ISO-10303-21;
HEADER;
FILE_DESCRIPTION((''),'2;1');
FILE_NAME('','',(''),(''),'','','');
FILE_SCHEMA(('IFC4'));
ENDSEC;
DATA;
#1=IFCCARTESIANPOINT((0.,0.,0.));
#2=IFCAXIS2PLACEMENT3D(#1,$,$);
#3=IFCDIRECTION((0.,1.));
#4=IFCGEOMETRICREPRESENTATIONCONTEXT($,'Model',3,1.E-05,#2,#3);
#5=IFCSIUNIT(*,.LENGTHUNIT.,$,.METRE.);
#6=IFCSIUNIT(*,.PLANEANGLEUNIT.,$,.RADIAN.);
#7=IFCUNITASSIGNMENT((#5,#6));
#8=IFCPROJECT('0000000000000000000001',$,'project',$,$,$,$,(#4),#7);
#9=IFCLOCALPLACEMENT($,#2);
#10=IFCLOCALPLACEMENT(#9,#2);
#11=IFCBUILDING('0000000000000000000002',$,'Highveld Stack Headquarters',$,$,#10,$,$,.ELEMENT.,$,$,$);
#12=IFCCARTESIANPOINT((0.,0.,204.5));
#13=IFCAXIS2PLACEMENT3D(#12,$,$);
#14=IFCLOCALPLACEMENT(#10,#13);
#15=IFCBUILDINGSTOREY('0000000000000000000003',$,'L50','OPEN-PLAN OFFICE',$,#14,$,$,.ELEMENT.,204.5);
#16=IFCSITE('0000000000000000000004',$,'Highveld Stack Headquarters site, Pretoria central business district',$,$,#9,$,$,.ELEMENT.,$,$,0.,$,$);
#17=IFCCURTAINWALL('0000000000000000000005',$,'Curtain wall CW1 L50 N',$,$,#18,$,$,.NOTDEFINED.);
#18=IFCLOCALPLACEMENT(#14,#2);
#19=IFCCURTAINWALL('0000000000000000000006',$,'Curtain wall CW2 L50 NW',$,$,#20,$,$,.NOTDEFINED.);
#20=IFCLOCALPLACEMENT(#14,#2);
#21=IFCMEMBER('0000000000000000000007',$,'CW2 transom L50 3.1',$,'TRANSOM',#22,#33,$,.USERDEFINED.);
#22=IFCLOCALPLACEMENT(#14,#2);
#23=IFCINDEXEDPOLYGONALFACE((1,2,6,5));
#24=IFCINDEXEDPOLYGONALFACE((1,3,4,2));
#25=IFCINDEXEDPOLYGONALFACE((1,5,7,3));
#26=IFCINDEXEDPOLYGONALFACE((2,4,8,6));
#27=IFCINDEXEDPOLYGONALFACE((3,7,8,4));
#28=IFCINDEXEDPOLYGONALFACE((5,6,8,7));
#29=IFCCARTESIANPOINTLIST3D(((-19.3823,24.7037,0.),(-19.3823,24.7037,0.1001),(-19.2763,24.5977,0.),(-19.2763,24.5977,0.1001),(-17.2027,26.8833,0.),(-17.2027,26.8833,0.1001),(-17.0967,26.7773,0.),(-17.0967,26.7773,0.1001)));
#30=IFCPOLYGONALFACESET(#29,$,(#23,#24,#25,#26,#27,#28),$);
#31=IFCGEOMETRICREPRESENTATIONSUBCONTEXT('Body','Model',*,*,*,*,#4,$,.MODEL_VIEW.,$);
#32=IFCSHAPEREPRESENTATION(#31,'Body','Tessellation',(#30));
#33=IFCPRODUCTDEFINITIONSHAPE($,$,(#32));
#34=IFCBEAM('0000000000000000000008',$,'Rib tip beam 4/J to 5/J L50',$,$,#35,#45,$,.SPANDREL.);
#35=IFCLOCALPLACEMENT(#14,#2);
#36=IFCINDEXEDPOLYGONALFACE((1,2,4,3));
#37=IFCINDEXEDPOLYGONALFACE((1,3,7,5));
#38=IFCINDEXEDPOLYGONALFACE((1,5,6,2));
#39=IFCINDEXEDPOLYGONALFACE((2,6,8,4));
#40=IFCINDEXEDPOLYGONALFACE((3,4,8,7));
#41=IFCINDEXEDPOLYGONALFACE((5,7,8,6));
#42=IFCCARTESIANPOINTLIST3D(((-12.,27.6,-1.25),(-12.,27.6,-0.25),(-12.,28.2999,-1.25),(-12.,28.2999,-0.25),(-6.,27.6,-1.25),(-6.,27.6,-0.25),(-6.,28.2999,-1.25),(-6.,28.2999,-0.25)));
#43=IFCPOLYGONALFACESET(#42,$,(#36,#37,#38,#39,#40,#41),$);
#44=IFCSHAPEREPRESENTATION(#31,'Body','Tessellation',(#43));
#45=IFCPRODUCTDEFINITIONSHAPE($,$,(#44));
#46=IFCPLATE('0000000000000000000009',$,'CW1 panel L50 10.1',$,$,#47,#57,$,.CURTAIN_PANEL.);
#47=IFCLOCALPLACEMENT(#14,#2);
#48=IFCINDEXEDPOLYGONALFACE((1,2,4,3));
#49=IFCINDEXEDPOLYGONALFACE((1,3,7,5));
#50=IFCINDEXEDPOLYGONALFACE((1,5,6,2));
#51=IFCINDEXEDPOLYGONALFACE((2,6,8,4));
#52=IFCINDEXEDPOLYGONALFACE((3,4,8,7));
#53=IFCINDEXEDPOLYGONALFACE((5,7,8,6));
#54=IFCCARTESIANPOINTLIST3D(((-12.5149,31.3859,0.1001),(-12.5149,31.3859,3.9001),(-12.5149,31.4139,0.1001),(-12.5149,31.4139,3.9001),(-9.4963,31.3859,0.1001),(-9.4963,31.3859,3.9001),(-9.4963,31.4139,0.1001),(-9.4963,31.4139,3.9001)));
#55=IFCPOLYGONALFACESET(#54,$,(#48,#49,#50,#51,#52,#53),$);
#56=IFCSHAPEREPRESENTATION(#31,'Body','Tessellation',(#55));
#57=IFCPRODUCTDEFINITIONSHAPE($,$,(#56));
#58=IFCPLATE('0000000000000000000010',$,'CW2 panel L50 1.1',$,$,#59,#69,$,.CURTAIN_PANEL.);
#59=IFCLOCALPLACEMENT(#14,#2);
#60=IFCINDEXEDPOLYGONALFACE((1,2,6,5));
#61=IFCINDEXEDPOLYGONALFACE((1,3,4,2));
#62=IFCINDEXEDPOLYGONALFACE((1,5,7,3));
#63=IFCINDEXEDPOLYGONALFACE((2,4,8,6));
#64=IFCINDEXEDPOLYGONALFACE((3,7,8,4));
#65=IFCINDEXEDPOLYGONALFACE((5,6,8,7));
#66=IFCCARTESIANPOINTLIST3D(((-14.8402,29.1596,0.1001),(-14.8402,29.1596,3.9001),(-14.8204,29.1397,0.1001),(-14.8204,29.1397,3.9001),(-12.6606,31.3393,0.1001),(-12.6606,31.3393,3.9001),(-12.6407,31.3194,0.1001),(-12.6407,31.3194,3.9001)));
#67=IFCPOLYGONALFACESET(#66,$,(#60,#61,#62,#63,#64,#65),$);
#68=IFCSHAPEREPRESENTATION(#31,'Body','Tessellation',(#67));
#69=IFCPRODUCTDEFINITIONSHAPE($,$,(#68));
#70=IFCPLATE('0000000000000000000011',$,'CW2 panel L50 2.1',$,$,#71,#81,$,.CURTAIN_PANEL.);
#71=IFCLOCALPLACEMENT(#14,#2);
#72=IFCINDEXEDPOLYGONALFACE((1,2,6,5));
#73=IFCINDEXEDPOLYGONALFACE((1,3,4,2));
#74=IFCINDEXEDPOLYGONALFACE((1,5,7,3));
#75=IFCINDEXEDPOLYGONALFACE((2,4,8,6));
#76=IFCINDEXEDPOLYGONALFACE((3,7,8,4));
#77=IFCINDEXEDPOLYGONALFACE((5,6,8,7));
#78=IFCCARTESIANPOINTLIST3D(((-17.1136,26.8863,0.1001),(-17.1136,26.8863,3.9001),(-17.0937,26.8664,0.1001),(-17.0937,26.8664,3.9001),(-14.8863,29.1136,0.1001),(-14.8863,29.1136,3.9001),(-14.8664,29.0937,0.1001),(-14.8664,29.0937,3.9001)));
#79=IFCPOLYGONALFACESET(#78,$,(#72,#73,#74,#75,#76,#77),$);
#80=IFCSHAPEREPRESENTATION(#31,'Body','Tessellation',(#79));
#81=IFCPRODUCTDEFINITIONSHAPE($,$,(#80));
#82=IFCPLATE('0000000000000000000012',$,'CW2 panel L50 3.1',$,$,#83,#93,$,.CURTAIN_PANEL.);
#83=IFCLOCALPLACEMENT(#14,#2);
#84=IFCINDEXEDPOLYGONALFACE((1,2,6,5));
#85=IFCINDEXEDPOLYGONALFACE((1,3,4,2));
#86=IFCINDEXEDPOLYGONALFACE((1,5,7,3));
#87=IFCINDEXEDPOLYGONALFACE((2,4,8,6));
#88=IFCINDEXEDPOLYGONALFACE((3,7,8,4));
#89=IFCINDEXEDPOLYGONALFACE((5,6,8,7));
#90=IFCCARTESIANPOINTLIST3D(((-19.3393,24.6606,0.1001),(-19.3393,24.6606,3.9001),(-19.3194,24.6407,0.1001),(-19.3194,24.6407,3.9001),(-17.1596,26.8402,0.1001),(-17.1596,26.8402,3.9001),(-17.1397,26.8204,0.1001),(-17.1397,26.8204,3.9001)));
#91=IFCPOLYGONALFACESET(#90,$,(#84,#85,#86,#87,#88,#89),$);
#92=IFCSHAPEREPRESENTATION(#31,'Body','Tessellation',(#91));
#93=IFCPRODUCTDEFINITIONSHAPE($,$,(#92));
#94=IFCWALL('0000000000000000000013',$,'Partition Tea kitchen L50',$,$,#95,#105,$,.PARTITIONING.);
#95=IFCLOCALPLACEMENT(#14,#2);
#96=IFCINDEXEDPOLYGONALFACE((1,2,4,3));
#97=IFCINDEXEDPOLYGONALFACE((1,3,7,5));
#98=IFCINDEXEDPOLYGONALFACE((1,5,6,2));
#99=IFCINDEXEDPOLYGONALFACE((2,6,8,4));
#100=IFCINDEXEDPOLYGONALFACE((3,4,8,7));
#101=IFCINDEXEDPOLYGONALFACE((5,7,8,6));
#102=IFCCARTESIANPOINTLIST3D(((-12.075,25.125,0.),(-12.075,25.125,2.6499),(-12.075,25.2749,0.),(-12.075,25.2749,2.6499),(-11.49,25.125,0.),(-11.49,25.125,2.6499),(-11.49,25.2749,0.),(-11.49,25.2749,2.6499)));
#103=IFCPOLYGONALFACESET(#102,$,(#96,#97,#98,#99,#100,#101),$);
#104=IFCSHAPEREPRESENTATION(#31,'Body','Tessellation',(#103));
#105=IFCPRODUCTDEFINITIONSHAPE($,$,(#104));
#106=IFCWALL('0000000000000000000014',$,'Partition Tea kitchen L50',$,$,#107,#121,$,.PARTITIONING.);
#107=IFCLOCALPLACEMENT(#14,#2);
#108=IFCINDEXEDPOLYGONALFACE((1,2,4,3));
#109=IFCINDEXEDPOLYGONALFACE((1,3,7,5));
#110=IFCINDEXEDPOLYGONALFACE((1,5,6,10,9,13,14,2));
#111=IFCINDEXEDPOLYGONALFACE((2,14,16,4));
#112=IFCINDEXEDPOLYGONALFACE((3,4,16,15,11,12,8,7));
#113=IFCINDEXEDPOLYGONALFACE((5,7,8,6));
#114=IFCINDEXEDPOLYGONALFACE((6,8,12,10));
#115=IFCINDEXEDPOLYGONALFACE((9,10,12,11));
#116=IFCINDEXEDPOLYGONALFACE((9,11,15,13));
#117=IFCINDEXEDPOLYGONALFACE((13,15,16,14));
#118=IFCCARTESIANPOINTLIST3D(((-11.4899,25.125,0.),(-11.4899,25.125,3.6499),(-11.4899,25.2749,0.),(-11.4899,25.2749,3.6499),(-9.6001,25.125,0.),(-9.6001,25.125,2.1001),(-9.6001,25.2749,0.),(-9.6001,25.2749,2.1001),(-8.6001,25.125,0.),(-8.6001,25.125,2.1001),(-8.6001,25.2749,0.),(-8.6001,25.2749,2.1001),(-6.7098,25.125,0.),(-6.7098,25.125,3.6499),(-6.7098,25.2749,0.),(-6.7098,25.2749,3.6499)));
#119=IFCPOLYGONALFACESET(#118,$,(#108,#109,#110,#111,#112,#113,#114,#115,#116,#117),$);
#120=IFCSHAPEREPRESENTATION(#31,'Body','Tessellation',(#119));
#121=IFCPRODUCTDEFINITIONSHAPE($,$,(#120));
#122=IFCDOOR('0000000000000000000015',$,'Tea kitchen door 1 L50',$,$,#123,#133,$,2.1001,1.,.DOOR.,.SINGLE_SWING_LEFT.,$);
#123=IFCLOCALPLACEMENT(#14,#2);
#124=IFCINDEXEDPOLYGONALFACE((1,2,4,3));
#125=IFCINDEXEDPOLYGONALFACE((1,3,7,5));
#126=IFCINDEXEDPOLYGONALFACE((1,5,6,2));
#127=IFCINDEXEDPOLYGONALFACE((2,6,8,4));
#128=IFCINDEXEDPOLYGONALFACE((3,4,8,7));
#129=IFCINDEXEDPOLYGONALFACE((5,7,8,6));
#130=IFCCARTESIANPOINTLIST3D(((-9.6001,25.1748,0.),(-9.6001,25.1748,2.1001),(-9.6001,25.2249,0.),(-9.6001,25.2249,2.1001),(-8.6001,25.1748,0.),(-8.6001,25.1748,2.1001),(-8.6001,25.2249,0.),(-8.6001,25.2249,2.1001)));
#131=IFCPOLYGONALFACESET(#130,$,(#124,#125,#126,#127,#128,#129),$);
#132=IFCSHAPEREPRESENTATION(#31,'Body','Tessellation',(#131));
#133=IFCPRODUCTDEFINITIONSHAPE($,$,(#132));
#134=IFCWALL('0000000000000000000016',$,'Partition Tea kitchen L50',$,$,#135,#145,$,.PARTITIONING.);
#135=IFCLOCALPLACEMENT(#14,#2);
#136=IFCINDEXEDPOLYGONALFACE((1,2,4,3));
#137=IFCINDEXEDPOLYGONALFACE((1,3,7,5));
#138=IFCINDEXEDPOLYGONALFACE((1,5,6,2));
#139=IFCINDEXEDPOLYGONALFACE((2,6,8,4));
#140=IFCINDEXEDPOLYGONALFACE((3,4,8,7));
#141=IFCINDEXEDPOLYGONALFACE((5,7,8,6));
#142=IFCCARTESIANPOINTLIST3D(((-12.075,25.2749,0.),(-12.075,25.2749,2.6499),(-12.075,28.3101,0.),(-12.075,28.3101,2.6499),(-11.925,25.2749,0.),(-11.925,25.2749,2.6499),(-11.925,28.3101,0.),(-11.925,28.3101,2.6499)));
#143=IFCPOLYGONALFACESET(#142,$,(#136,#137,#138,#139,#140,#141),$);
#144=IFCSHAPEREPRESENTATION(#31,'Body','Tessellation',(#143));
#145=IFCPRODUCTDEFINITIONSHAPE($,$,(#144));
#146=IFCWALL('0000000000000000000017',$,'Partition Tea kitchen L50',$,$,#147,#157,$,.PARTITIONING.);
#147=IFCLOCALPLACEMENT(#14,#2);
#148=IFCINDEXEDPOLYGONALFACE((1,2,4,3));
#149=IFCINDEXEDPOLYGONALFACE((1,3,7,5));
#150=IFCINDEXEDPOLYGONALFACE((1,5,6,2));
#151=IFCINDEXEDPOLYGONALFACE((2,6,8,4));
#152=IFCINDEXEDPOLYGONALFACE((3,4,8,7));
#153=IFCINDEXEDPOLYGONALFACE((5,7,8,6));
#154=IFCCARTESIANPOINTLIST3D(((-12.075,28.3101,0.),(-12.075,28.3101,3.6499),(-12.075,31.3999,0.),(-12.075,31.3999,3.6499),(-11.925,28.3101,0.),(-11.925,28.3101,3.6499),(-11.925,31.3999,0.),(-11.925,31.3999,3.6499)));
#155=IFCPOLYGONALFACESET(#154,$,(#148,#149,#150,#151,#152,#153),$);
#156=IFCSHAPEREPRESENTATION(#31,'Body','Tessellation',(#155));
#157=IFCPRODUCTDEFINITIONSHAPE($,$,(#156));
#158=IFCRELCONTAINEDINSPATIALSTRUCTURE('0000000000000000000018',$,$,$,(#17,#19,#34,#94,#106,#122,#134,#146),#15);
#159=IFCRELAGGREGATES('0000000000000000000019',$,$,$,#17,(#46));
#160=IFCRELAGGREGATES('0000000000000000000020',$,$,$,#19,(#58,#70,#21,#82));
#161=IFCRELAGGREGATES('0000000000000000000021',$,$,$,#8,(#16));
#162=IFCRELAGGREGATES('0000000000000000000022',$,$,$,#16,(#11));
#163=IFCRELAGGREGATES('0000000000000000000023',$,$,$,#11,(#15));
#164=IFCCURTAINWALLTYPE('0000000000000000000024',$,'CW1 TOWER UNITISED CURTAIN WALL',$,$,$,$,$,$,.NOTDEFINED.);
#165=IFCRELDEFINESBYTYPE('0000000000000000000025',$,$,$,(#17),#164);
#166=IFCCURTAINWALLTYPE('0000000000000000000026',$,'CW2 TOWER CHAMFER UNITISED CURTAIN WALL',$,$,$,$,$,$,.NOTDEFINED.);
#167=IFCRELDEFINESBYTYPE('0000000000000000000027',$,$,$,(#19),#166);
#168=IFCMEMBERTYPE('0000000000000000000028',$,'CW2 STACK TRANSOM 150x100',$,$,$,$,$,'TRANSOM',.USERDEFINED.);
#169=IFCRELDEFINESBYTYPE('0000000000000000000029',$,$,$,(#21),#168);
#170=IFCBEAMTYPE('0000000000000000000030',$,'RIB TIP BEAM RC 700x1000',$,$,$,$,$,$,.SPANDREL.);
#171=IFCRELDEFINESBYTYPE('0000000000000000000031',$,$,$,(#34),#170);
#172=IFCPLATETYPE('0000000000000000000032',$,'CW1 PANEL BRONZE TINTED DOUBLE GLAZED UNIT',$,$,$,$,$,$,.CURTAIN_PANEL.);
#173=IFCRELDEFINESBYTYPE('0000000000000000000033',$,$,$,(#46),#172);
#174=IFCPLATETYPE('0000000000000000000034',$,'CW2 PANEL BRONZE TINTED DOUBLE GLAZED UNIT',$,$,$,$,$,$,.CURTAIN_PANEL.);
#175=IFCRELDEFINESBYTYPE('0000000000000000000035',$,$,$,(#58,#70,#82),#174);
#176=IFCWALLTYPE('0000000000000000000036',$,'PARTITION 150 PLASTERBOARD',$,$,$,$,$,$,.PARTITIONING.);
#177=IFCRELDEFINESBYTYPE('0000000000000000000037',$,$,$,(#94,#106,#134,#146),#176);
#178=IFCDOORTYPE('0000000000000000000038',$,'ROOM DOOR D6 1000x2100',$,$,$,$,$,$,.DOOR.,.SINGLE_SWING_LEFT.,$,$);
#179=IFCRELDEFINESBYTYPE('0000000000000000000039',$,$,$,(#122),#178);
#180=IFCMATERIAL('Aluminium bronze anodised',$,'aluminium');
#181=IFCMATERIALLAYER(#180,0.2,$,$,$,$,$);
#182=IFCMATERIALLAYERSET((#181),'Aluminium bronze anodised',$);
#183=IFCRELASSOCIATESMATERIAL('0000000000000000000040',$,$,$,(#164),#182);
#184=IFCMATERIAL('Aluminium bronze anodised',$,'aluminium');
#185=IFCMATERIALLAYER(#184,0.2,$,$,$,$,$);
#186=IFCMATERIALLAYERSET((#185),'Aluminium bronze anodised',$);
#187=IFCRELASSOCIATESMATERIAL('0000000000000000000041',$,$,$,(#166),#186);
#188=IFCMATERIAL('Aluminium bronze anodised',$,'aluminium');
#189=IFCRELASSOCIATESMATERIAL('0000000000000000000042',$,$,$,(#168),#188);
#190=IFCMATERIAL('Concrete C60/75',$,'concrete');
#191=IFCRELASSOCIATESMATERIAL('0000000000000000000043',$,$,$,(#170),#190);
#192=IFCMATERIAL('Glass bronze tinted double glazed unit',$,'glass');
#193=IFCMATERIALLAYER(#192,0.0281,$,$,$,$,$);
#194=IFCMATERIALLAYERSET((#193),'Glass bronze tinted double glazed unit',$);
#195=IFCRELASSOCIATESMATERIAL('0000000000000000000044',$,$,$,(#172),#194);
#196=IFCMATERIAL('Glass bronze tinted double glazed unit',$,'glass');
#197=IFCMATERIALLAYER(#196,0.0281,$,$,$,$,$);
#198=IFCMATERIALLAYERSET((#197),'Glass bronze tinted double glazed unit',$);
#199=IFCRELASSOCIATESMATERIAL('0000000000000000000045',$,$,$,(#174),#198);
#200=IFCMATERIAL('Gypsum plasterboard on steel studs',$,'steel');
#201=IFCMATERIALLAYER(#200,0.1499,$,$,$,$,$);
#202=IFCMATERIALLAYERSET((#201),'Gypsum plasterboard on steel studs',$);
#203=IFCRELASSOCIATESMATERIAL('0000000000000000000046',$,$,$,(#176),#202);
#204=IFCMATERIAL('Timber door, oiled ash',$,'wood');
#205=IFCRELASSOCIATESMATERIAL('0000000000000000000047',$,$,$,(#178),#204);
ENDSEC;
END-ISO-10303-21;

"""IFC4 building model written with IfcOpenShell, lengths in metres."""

from ifc_helpers import new_model, si_unit, direction, frame, frame_2d, origin, origin_2d, place, context, subcontext, project, spatial, rectangle, extrude, material, layer, layer_set, material_profile, profile_set, type_object, element, fill, aggregate, save


model = new_model("IFC4")

# Units and contexts
model_context = context("Model", 3, precision=1e-05, world=origin(), true_north=direction((0.0, 1.0)))
body_context = subcontext(model_context, "Body", "Model", "MODEL_VIEW")
ifc_project = project(units=[si_unit("LENGTHUNIT", "METRE"), si_unit("PLANEANGLEUNIT", "RADIAN")], contexts=[model_context])

# Site, building, storey
site_placement = place(None, origin())
site = spatial("IfcSite", under=ifc_project, at=site_placement, Name="Highveld Stack Headquarters site, Pretoria central business district", CompositionType="ELEMENT", RefElevation=0.0)
building_placement = place(site_placement, origin())
building = spatial("IfcBuilding", under=site, at=building_placement, Name="Highveld Stack Headquarters", CompositionType="ELEMENT")
storey_placement = place(building_placement, frame((0.0, 0.0, 204.5)))
storey = spatial("IfcBuildingStorey", under=building, at=storey_placement, Name="L50", Description="OPEN-PLAN OFFICE", CompositionType="ELEMENT", Elevation=204.5)

# Curtain wall
ifc_material_1 = material(Name="Aluminium bronze anodised", Category="aluminium")
ifc_layer_1 = layer(ifc_material_1, 0.2)
ifc_layer_set_1 = layer_set([ifc_layer_1], Name="Aluminium bronze anodised")
curtain_wall_type_1 = type_object("IfcCurtainWallType", Name="CW1 TOWER UNITISED CURTAIN WALL", PredefinedType="NOTDEFINED", material=ifc_layer_set_1)
curtain_wall_1_placement = place(storey_placement, origin())
curtain_wall_1 = element("IfcCurtainWall", 1, at=curtain_wall_1_placement, inside=storey, type_object=curtain_wall_type_1, Name="Curtain wall CW1 L50 N", PredefinedType="NOTDEFINED")

# Curtain wall, member
ifc_material_2 = material(Name="Aluminium bronze anodised", Category="aluminium")
ifc_layer_2 = layer(ifc_material_2, 0.2)
ifc_layer_set_2 = layer_set([ifc_layer_2], Name="Aluminium bronze anodised")
curtain_wall_type_2 = type_object("IfcCurtainWallType", Name="CW2 TOWER CHAMFER UNITISED CURTAIN WALL", PredefinedType="NOTDEFINED", material=ifc_layer_set_2)
curtain_wall_2_placement = place(storey_placement, origin())
curtain_wall_2 = element("IfcCurtainWall", 2, at=curtain_wall_2_placement, inside=storey, type_object=curtain_wall_type_2, Name="Curtain wall CW2 L50 NW", PredefinedType="NOTDEFINED")
ifc_material_3 = material(Name="Aluminium bronze anodised", Category="aluminium")
ifc_material_profile_1 = material_profile(ifc_material_3, rectangle(XDim=0.1499, YDim=0.1001, at=origin_2d()), Name="CW2 TRANSOM 150x100")
ifc_profile_set_1 = profile_set([ifc_material_profile_1], Name="Aluminium bronze anodised")
member_type_1 = type_object("IfcMemberType", Name="CW2 STACK TRANSOM 150x100", ElementType="TRANSOM", PredefinedType="USERDEFINED", material=ifc_profile_set_1)
member_1_placement = place(storey_placement, frame((-17.1497, 26.8303, 0.05), z_axis=(-0.707107, -0.707107, 0.0), x_axis=(0.707107, -0.707107, 0.0)))
member_1 = element("IfcMember", 3, at=member_1_placement, type_object=member_type_1, Name="CW2 transom L50 3.1", ObjectType="TRANSOM", PredefinedType="USERDEFINED", context=body_context, shape_type="SweptSolid", body=[
    extrude(rectangle(XDim=0.1499, YDim=0.1001, at=origin_2d()), origin(), (0.0, 0.0, 1.0), 3.0825),
])

# Beam
ifc_material_4 = material(Name="Concrete C60/75", Category="concrete")
ifc_material_profile_2 = material_profile(ifc_material_4, rectangle(XDim=0.7, YDim=1.0, at=origin_2d()), Name="RC 700x1000")
ifc_profile_set_2 = profile_set([ifc_material_profile_2], Name="Concrete C60/75")
beam_type = type_object("IfcBeamType", Name="RIB TIP BEAM RC 700x1000", PredefinedType="SPANDREL", material=ifc_profile_set_2)
beam_placement = place(storey_placement, frame((-12.0, 27.95, -0.75), z_axis=(1.0, 0.0, 0.0), x_axis=(0.0, 1.0, 0.0)))
element("IfcBeam", 4, at=beam_placement, inside=storey, type_object=beam_type, Name="Rib tip beam 4/J to 5/J L50", PredefinedType="SPANDREL", context=body_context, shape_type="SweptSolid", body=[
    extrude(rectangle(XDim=0.7, YDim=1.0, at=origin_2d()), origin(), (0.0, 0.0, 1.0), 6.0),
])

# Plates
ifc_material_5 = material(Name="Glass bronze tinted double glazed unit", Category="glass")
ifc_layer_3 = layer(ifc_material_5, 0.0281)
ifc_layer_set_3 = layer_set([ifc_layer_3], Name="Glass bronze tinted double glazed unit")
plate_type_1 = type_object("IfcPlateType", Name="CW1 PANEL BRONZE TINTED DOUBLE GLAZED UNIT", PredefinedType="CURTAIN_PANEL", material=ifc_layer_set_3)
plate_1_placement = place(storey_placement, frame((-11.0056, 31.3999, 0.1001), z_axis=(0.0, 0.0, 1.0), x_axis=(-1.0, 0.0, 0.0)))
plate_1 = element("IfcPlate", 5, at=plate_1_placement, type_object=plate_type_1, Name="CW1 panel L50 10.1", PredefinedType="CURTAIN_PANEL", context=body_context, shape_type="SweptSolid", body=[
    extrude(rectangle(XDim=3.0186, YDim=0.0281, at=origin_2d()), origin(), (0.0, 0.0, 1.0), 3.8),
])
aggregate(curtain_wall_1, [plate_1])
ifc_material_6 = material(Name="Glass bronze tinted double glazed unit", Category="glass")
ifc_layer_4 = layer(ifc_material_6, 0.0281)
ifc_layer_set_4 = layer_set([ifc_layer_4], Name="Glass bronze tinted double glazed unit")
plate_type_2 = type_object("IfcPlateType", Name="CW2 PANEL BRONZE TINTED DOUBLE GLAZED UNIT", PredefinedType="CURTAIN_PANEL", material=ifc_layer_set_4)
plate_2_placement = place(storey_placement, frame((-13.7405, 30.2395, 0.1001), z_axis=(0.0, 0.0, 1.0), x_axis=(-0.707107, -0.707107, 0.0)))
plate_2 = element("IfcPlate", 6, at=plate_2_placement, type_object=plate_type_2, Name="CW2 panel L50 1.1", PredefinedType="CURTAIN_PANEL", context=body_context, shape_type="SweptSolid", body=[
    extrude(rectangle(XDim=3.0825, YDim=0.0281, at=origin_2d()), origin(), (0.0, 0.0, 1.0), 3.8),
])
plate_3_placement = place(storey_placement, frame((-15.99, 27.99, 0.1001), z_axis=(0.0, 0.0, 1.0), x_axis=(-0.707107, -0.707107, 0.0)))
plate_3 = element("IfcPlate", 7, at=plate_3_placement, type_object=plate_type_2, Name="CW2 panel L50 2.1", PredefinedType="CURTAIN_PANEL", context=body_context, shape_type="SweptSolid", body=[
    extrude(rectangle(XDim=3.1499, YDim=0.0281, at=origin_2d()), origin(), (0.0, 0.0, 1.0), 3.8),
])
plate_4_placement = place(storey_placement, frame((-18.2395, 25.7405, 0.1001), z_axis=(0.0, 0.0, 1.0), x_axis=(-0.707107, -0.707107, 0.0)))
plate_4 = element("IfcPlate", 8, at=plate_4_placement, type_object=plate_type_2, Name="CW2 panel L50 3.1", PredefinedType="CURTAIN_PANEL", context=body_context, shape_type="SweptSolid", body=[
    extrude(rectangle(XDim=3.0825, YDim=0.0281, at=origin_2d()), origin(), (0.0, 0.0, 1.0), 3.8),
])
aggregate(curtain_wall_2, [plate_2, plate_3, member_1, plate_4])

# Wall
ifc_material_7 = material(Name="Gypsum plasterboard on steel studs", Category="steel")
ifc_layer_5 = layer(ifc_material_7, 0.1499)
ifc_layer_set_5 = layer_set([ifc_layer_5], Name="Gypsum plasterboard on steel studs")
wall_type = type_object("IfcWallType", Name="PARTITION 150 PLASTERBOARD", PredefinedType="PARTITIONING", material=ifc_layer_set_5)
wall_1_placement = place(storey_placement, frame((-12.075, 25.2, 0.0), z_axis=(0.0, 0.0, 1.0), x_axis=(1.0, 0.0, 0.0)))
element("IfcWall", 9, at=wall_1_placement, inside=storey, type_object=wall_type, Name="Partition Tea kitchen L50", PredefinedType="PARTITIONING", context=body_context, shape_type="SweptSolid", body=[
    extrude(rectangle(XDim=0.585, YDim=0.1499, at=frame_2d((0.2925, 0.0))), origin(), (0.0, 0.0, 1.0), 2.6499),
])

# Wall, opening, door
wall_2_placement = place(storey_placement, frame((-11.49, 25.2, 0.0), z_axis=(0.0, 0.0, 1.0), x_axis=(1.0, 0.0, 0.0)))
wall_2 = element("IfcWall", 10, at=wall_2_placement, inside=storey, type_object=wall_type, Name="Partition Tea kitchen L50", PredefinedType="PARTITIONING", context=body_context, shape_type="SweptSolid", body=[
    extrude(rectangle(XDim=4.78, YDim=0.1499, at=frame_2d((2.3901, 0.0))), origin(), (0.0, 0.0, 1.0), 3.6499),
])
opening_placement = place(wall_2_placement, frame((1.8899, 0.0, 0.0)))
opening = element("IfcOpeningElement", 11, at=opening_placement, cuts=wall_2, PredefinedType="OPENING", context=body_context, shape_type="SweptSolid", body=[
    extrude(rectangle(XDim=1.0, YDim=2.1001, at=frame_2d((0.5, 1.05))), frame((0.0, 0.085, 0.0), z_axis=(0.0, -1.0, 0.0), x_axis=(1.0, 0.0, 0.0)), (0.0, 0.0, 1.0), 0.1699),
])
ifc_material_8 = material(Name="Timber door, oiled ash", Category="wood")
door_type = type_object("IfcDoorType", Name="ROOM DOOR D6 1000x2100", OperationType="SINGLE_SWING_LEFT", PredefinedType="DOOR", material=ifc_material_8)
door_placement = place(opening_placement, origin())
door = element("IfcDoor", 12, at=door_placement, inside=storey, type_object=door_type, Name="Tea kitchen door 1 L50", OperationType="SINGLE_SWING_LEFT", OverallHeight=2.1001, OverallWidth=1.0, PredefinedType="DOOR", context=body_context, shape_type="SweptSolid", body=[
    extrude(rectangle(XDim=1.0, YDim=2.1001, at=frame_2d((0.5, 1.05))), frame((0.0, 0.0249, 0.0), z_axis=(0.0, -1.0, 0.0), x_axis=(1.0, 0.0, 0.0)), (0.0, 0.0, 1.0), 0.05),
])
fill(opening, door)

# Walls
wall_3_placement = place(storey_placement, frame((-12.0, 25.2749, 0.0), z_axis=(0.0, 0.0, 1.0), x_axis=(0.0, 1.0, 0.0)))
element("IfcWall", 13, at=wall_3_placement, inside=storey, type_object=wall_type, Name="Partition Tea kitchen L50", PredefinedType="PARTITIONING", context=body_context, shape_type="SweptSolid", body=[
    extrude(rectangle(XDim=3.0352, YDim=0.1499, at=frame_2d((1.5176, 0.0))), origin(), (0.0, 0.0, 1.0), 2.6499),
])
wall_4_placement = place(storey_placement, frame((-12.0, 28.3101, 0.0), z_axis=(0.0, 0.0, 1.0), x_axis=(0.0, 1.0, 0.0)))
element("IfcWall", 14, at=wall_4_placement, inside=storey, type_object=wall_type, Name="Partition Tea kitchen L50", PredefinedType="PARTITIONING", context=body_context, shape_type="SweptSolid", body=[
    extrude(rectangle(XDim=3.0898, YDim=0.1499, at=frame_2d((1.5449, 0.0))), origin(), (0.0, 0.0, 1.0), 3.6499),
])

save(model, "model.ifc")
